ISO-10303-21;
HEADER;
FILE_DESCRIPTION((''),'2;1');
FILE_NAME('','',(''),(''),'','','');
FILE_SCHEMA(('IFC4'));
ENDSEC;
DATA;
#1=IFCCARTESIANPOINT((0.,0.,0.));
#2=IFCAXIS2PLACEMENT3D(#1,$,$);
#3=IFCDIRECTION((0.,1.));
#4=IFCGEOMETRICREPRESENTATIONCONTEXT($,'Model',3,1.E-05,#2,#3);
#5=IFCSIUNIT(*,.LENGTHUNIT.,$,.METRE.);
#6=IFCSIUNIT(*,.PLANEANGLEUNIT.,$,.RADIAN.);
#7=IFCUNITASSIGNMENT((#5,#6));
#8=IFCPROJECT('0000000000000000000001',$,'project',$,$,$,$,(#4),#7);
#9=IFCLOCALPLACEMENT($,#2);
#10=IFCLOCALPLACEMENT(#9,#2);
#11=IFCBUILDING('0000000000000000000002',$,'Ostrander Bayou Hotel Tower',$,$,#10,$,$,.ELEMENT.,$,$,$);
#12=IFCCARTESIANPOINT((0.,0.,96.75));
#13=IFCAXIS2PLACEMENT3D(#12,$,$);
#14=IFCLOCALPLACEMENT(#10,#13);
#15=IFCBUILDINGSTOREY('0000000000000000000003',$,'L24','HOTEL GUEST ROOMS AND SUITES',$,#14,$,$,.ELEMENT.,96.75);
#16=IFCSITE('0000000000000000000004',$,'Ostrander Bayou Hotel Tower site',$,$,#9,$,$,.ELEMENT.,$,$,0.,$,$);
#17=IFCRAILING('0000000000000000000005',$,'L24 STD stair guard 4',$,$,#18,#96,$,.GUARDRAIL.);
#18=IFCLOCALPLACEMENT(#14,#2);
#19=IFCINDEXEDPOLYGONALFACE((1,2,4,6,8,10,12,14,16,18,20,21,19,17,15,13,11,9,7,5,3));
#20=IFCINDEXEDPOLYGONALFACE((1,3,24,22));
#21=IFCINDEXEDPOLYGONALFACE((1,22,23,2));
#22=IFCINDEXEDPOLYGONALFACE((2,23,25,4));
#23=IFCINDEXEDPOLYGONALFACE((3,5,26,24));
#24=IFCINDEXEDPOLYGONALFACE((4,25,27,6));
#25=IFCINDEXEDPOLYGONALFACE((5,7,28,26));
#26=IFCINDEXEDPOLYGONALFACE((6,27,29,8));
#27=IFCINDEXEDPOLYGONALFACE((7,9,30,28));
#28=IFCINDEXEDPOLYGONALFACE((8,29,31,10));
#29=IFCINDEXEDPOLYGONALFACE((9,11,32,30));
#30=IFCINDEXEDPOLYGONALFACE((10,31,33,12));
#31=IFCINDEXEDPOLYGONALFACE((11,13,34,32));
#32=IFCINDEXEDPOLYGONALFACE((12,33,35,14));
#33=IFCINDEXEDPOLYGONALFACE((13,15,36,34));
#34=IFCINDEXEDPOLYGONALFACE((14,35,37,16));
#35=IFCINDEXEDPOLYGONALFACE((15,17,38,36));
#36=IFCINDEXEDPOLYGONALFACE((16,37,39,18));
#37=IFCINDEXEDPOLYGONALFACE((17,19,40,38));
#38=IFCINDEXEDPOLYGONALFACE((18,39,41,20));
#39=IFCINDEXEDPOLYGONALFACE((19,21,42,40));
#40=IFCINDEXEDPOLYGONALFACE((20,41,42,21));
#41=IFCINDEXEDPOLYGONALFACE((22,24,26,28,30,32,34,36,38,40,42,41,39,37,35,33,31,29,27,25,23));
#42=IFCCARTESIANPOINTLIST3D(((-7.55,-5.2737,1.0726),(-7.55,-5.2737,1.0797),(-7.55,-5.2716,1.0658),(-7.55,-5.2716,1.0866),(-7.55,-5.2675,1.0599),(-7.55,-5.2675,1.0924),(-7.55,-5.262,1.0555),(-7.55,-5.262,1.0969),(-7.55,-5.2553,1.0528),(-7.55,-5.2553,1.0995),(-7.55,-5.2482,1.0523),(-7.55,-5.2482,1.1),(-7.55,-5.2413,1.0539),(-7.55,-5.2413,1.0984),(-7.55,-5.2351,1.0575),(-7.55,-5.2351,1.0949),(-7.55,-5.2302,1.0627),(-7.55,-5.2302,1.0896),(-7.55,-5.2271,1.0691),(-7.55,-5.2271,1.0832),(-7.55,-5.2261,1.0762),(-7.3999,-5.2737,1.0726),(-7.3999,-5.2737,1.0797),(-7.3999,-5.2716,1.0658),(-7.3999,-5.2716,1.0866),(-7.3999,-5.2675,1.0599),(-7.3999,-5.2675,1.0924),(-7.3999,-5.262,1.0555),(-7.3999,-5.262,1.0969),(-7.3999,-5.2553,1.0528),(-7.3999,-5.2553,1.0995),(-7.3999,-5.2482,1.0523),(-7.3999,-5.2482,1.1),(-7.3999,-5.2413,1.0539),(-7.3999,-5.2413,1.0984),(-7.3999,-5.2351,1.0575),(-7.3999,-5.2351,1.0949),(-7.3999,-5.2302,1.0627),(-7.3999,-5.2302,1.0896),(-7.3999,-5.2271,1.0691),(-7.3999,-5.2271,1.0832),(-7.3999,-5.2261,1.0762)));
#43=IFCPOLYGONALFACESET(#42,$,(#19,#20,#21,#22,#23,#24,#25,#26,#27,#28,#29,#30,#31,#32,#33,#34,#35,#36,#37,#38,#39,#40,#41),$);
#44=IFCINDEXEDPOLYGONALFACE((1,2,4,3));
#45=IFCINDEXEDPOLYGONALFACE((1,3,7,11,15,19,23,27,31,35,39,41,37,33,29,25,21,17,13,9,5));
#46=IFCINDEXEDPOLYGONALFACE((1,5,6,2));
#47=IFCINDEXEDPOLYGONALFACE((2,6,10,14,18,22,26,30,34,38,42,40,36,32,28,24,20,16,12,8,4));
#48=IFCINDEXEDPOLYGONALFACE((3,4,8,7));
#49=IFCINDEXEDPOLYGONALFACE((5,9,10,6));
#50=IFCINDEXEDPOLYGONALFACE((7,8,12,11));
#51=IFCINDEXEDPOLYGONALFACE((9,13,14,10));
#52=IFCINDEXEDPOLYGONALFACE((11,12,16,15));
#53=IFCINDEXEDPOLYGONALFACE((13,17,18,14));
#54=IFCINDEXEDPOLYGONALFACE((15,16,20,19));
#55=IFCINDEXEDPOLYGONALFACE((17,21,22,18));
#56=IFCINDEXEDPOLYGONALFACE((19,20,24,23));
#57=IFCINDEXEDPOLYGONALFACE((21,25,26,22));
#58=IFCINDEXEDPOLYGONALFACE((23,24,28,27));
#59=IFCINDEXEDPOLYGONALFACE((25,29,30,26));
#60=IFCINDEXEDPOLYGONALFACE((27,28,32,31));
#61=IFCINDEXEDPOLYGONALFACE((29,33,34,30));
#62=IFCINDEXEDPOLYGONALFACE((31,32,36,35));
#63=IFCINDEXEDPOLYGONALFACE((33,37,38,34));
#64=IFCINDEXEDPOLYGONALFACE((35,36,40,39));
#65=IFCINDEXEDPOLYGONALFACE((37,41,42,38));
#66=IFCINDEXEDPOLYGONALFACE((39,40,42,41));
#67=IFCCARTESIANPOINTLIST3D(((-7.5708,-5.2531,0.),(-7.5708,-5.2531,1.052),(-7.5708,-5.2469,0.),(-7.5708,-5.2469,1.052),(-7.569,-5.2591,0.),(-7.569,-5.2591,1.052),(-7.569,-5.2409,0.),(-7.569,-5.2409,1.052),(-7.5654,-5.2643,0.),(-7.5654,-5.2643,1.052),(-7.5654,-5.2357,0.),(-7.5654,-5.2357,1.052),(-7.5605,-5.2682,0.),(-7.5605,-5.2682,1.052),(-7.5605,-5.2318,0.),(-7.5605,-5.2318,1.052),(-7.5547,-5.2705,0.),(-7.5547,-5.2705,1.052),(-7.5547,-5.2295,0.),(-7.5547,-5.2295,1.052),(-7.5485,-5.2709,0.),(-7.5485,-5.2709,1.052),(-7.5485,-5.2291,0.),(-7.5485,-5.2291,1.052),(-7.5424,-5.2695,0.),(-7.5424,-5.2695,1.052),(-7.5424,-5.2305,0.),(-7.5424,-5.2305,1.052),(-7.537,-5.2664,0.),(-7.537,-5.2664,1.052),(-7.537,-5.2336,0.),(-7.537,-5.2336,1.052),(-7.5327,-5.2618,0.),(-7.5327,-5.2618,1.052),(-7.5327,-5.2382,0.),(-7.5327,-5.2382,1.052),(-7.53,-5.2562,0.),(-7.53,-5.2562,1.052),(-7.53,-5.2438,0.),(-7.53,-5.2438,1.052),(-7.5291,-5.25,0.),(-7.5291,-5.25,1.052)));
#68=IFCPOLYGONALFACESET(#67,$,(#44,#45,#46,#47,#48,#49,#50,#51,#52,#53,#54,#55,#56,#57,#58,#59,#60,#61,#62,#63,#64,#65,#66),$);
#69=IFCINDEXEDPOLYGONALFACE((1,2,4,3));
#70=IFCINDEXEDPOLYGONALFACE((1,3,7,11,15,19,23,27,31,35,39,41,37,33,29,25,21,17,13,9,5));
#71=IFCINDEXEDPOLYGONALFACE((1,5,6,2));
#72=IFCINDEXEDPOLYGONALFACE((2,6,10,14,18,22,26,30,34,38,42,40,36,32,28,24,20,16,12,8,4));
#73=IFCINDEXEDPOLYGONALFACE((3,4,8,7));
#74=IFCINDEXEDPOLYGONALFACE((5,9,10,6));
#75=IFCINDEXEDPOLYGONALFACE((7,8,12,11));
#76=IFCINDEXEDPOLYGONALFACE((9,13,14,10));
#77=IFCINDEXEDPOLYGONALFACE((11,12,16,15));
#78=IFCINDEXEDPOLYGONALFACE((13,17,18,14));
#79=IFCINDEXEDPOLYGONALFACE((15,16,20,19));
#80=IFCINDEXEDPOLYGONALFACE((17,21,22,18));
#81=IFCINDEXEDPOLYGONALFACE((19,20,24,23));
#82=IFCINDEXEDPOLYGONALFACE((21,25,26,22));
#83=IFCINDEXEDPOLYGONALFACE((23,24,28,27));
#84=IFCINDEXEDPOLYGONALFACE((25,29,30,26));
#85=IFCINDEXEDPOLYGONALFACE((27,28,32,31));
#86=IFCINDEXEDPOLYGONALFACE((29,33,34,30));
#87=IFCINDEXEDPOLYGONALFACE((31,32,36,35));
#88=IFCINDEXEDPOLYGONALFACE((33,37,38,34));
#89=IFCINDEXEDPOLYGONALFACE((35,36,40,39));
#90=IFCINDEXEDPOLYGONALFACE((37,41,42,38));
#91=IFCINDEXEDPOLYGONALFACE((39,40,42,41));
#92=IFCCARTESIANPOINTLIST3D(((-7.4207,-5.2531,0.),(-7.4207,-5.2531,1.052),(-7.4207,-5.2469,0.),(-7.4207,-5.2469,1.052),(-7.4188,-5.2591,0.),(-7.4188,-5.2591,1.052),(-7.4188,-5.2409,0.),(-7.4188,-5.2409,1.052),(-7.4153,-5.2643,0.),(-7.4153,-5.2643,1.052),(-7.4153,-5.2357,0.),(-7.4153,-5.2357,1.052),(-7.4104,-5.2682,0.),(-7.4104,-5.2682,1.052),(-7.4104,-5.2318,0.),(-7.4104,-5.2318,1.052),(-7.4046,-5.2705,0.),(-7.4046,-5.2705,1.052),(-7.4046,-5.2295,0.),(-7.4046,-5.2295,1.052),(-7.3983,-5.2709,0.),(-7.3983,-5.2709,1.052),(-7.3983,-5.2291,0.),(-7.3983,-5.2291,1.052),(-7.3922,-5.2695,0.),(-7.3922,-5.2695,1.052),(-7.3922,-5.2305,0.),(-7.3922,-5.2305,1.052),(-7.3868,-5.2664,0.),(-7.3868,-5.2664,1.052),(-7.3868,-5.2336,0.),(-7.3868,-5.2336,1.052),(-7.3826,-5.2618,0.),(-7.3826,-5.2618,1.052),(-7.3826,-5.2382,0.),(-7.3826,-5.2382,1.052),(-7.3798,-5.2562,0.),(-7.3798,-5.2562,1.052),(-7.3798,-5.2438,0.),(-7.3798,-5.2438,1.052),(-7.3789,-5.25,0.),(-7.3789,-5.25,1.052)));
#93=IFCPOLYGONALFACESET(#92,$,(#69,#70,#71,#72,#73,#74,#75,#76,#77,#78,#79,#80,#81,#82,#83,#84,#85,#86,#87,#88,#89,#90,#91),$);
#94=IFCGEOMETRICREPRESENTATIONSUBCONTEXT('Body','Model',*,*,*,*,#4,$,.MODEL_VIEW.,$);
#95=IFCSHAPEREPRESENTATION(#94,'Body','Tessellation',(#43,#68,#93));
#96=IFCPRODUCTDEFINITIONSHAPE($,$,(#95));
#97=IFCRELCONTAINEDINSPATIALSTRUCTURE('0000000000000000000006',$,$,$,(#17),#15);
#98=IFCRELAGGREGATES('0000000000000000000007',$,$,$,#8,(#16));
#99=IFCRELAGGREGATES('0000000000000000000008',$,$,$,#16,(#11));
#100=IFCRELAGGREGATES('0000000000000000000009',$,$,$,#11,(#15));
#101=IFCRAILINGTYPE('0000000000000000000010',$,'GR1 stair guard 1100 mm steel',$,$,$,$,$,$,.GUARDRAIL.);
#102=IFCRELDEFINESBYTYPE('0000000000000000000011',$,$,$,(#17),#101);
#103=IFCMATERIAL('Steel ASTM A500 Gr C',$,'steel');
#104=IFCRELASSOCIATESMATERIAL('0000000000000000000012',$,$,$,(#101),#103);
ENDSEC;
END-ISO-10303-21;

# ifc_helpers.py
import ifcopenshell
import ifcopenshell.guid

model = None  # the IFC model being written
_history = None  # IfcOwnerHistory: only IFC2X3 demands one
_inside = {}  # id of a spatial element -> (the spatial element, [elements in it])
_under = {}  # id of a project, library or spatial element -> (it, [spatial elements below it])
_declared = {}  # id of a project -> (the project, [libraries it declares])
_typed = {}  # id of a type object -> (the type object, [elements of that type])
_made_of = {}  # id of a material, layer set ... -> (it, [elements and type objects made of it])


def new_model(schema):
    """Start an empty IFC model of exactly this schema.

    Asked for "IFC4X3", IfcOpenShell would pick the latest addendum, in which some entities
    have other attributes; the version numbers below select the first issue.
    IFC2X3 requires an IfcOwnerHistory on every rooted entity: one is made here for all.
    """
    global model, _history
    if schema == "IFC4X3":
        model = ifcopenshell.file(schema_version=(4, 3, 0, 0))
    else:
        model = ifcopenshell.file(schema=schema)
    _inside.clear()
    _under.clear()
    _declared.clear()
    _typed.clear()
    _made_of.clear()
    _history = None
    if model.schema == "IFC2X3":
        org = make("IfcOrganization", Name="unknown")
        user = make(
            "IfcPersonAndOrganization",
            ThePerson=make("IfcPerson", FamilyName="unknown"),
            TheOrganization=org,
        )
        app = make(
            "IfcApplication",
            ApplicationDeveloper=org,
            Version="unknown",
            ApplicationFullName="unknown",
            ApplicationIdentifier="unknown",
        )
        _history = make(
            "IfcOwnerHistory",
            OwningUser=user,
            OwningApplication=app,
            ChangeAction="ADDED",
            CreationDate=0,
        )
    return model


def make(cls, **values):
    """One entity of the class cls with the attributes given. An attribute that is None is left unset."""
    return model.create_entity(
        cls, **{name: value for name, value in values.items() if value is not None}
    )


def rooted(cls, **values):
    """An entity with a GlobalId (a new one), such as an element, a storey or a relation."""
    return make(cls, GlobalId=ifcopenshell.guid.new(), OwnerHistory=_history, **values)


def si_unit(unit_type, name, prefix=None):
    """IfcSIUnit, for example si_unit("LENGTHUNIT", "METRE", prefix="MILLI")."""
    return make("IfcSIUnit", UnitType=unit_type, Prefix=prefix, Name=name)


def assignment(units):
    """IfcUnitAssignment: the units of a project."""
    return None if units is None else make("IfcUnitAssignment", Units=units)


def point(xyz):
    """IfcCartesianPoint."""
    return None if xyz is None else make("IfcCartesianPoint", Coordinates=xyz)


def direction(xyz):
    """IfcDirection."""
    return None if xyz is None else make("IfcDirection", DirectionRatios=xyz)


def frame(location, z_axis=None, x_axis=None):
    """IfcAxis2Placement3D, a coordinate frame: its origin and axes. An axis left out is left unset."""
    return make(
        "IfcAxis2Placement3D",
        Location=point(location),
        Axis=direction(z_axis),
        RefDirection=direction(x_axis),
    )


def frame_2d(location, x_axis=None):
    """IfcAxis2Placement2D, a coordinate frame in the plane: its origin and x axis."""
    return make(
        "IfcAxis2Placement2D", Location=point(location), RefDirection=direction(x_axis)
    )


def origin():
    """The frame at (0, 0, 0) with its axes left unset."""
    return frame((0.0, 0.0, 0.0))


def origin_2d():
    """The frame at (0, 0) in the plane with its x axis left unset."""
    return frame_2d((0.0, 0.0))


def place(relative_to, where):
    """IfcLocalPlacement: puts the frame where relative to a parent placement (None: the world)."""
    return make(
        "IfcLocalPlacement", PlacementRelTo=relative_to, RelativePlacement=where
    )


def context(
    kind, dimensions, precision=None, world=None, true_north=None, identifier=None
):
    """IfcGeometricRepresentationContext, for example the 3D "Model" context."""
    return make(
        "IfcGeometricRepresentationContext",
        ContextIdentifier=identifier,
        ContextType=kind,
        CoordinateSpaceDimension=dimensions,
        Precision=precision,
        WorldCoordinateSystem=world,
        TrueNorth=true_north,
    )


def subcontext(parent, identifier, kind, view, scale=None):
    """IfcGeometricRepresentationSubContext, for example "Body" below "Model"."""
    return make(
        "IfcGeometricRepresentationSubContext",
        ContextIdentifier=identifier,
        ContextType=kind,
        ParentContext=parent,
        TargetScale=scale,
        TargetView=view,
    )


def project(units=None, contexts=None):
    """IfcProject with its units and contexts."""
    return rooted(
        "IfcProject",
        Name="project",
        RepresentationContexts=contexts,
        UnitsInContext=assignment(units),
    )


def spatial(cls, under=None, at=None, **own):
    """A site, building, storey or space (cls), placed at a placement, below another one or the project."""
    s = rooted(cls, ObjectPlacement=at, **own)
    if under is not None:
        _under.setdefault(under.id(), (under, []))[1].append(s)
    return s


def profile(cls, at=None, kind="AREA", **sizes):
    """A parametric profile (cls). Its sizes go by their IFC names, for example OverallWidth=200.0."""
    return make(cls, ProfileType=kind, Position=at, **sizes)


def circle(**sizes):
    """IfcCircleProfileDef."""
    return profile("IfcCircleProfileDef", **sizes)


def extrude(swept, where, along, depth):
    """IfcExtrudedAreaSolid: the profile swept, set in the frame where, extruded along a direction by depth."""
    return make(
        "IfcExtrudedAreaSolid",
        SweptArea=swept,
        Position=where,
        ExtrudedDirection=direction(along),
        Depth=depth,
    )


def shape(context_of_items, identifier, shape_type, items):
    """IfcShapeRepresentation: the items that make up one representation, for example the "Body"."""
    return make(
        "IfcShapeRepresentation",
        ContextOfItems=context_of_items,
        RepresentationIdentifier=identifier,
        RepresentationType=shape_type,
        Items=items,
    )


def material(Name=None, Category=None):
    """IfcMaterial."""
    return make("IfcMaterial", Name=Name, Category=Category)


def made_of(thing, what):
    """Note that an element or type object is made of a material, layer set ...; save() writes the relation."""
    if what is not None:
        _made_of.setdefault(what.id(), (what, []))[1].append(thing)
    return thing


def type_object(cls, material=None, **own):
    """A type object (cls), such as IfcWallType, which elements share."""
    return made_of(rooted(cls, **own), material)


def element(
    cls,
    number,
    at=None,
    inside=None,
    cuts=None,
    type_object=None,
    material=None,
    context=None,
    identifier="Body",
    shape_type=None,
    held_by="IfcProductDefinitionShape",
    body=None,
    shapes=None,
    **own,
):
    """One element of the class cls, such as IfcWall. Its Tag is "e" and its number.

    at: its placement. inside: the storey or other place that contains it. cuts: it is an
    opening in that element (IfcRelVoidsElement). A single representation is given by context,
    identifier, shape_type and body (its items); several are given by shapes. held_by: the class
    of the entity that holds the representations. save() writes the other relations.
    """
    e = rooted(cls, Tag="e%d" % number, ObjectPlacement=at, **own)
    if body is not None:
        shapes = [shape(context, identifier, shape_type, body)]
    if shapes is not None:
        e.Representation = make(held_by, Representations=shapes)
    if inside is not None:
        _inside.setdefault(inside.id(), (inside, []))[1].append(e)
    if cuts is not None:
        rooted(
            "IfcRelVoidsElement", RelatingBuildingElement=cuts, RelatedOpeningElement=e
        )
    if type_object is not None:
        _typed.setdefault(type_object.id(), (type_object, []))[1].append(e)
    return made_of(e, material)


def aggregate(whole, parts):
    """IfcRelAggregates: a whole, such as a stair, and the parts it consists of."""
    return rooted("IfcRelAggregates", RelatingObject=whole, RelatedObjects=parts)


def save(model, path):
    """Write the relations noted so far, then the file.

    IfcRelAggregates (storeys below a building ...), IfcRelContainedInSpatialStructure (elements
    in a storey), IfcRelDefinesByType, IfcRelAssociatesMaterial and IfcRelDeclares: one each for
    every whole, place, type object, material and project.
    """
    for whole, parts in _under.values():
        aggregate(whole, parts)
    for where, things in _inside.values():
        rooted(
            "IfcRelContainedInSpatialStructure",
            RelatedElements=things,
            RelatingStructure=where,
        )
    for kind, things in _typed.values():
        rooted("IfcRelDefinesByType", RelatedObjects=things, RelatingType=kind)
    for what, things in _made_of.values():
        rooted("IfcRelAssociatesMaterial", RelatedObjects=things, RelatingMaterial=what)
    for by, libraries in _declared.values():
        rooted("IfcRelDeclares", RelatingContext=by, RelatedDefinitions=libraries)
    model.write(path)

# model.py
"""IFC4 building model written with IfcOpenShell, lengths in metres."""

from ifc_helpers import new_model, si_unit, direction, frame, origin, origin_2d, place, context, subcontext, project, spatial, circle, extrude, material, type_object, element, save


model = new_model("IFC4")

# Units and contexts
model_context = context("Model", 3, precision=1e-05, world=origin(), true_north=direction((0.0, 1.0)))
body_context = subcontext(model_context, "Body", "Model", "MODEL_VIEW")
ifc_project = project(units=[si_unit("LENGTHUNIT", "METRE"), si_unit("PLANEANGLEUNIT", "RADIAN")], contexts=[model_context])

# Site, building, storey
site_placement = place(None, origin())
site = spatial("IfcSite", under=ifc_project, at=site_placement, Name="Ostrander Bayou Hotel Tower site", CompositionType="ELEMENT", RefElevation=0.0)
building_placement = place(site_placement, origin())
building = spatial("IfcBuilding", under=site, at=building_placement, Name="Ostrander Bayou Hotel Tower", CompositionType="ELEMENT")
storey_placement = place(building_placement, frame((0.0, 0.0, 96.75)))
storey = spatial("IfcBuildingStorey", under=building, at=storey_placement, Name="L24", Description="HOTEL GUEST ROOMS AND SUITES", CompositionType="ELEMENT", Elevation=96.75)

# Railing
ifc_material_1 = material(Name="Steel ASTM A500 Gr C", Category="steel")
railing_type_1 = type_object("IfcRailingType", Name="GR1 stair guard 1100 mm steel", PredefinedType="GUARDRAIL", material=ifc_material_1)
railing_1_placement = place(storey_placement, frame((-7.55, -5.25, 0.0)))
element("IfcRailing", 1, at=railing_1_placement, inside=storey, type_object=railing_type_1, Name="L24 STD stair guard 4", PredefinedType="GUARDRAIL", context=body_context, shape_type="SweptSolid", body=[
    extrude(circle(Radius=0.0239, at=origin_2d()), frame((0.0, 0.0, 1.0762), z_axis=(1.0, 0.0, 0.0), x_axis=(0.0, 1.0, 0.0)), (0.0, 0.0, 1.0), 0.1501),
    extrude(circle(Radius=0.021, at=origin_2d()), origin(), (0.0, 0.0, 1.0), 1.052),
    extrude(circle(Radius=0.021, at=origin_2d()), frame((0.1501, 0.0, 0.0)), (0.0, 0.0, 1.0), 1.052),
])

save(model, "model.ifc")
